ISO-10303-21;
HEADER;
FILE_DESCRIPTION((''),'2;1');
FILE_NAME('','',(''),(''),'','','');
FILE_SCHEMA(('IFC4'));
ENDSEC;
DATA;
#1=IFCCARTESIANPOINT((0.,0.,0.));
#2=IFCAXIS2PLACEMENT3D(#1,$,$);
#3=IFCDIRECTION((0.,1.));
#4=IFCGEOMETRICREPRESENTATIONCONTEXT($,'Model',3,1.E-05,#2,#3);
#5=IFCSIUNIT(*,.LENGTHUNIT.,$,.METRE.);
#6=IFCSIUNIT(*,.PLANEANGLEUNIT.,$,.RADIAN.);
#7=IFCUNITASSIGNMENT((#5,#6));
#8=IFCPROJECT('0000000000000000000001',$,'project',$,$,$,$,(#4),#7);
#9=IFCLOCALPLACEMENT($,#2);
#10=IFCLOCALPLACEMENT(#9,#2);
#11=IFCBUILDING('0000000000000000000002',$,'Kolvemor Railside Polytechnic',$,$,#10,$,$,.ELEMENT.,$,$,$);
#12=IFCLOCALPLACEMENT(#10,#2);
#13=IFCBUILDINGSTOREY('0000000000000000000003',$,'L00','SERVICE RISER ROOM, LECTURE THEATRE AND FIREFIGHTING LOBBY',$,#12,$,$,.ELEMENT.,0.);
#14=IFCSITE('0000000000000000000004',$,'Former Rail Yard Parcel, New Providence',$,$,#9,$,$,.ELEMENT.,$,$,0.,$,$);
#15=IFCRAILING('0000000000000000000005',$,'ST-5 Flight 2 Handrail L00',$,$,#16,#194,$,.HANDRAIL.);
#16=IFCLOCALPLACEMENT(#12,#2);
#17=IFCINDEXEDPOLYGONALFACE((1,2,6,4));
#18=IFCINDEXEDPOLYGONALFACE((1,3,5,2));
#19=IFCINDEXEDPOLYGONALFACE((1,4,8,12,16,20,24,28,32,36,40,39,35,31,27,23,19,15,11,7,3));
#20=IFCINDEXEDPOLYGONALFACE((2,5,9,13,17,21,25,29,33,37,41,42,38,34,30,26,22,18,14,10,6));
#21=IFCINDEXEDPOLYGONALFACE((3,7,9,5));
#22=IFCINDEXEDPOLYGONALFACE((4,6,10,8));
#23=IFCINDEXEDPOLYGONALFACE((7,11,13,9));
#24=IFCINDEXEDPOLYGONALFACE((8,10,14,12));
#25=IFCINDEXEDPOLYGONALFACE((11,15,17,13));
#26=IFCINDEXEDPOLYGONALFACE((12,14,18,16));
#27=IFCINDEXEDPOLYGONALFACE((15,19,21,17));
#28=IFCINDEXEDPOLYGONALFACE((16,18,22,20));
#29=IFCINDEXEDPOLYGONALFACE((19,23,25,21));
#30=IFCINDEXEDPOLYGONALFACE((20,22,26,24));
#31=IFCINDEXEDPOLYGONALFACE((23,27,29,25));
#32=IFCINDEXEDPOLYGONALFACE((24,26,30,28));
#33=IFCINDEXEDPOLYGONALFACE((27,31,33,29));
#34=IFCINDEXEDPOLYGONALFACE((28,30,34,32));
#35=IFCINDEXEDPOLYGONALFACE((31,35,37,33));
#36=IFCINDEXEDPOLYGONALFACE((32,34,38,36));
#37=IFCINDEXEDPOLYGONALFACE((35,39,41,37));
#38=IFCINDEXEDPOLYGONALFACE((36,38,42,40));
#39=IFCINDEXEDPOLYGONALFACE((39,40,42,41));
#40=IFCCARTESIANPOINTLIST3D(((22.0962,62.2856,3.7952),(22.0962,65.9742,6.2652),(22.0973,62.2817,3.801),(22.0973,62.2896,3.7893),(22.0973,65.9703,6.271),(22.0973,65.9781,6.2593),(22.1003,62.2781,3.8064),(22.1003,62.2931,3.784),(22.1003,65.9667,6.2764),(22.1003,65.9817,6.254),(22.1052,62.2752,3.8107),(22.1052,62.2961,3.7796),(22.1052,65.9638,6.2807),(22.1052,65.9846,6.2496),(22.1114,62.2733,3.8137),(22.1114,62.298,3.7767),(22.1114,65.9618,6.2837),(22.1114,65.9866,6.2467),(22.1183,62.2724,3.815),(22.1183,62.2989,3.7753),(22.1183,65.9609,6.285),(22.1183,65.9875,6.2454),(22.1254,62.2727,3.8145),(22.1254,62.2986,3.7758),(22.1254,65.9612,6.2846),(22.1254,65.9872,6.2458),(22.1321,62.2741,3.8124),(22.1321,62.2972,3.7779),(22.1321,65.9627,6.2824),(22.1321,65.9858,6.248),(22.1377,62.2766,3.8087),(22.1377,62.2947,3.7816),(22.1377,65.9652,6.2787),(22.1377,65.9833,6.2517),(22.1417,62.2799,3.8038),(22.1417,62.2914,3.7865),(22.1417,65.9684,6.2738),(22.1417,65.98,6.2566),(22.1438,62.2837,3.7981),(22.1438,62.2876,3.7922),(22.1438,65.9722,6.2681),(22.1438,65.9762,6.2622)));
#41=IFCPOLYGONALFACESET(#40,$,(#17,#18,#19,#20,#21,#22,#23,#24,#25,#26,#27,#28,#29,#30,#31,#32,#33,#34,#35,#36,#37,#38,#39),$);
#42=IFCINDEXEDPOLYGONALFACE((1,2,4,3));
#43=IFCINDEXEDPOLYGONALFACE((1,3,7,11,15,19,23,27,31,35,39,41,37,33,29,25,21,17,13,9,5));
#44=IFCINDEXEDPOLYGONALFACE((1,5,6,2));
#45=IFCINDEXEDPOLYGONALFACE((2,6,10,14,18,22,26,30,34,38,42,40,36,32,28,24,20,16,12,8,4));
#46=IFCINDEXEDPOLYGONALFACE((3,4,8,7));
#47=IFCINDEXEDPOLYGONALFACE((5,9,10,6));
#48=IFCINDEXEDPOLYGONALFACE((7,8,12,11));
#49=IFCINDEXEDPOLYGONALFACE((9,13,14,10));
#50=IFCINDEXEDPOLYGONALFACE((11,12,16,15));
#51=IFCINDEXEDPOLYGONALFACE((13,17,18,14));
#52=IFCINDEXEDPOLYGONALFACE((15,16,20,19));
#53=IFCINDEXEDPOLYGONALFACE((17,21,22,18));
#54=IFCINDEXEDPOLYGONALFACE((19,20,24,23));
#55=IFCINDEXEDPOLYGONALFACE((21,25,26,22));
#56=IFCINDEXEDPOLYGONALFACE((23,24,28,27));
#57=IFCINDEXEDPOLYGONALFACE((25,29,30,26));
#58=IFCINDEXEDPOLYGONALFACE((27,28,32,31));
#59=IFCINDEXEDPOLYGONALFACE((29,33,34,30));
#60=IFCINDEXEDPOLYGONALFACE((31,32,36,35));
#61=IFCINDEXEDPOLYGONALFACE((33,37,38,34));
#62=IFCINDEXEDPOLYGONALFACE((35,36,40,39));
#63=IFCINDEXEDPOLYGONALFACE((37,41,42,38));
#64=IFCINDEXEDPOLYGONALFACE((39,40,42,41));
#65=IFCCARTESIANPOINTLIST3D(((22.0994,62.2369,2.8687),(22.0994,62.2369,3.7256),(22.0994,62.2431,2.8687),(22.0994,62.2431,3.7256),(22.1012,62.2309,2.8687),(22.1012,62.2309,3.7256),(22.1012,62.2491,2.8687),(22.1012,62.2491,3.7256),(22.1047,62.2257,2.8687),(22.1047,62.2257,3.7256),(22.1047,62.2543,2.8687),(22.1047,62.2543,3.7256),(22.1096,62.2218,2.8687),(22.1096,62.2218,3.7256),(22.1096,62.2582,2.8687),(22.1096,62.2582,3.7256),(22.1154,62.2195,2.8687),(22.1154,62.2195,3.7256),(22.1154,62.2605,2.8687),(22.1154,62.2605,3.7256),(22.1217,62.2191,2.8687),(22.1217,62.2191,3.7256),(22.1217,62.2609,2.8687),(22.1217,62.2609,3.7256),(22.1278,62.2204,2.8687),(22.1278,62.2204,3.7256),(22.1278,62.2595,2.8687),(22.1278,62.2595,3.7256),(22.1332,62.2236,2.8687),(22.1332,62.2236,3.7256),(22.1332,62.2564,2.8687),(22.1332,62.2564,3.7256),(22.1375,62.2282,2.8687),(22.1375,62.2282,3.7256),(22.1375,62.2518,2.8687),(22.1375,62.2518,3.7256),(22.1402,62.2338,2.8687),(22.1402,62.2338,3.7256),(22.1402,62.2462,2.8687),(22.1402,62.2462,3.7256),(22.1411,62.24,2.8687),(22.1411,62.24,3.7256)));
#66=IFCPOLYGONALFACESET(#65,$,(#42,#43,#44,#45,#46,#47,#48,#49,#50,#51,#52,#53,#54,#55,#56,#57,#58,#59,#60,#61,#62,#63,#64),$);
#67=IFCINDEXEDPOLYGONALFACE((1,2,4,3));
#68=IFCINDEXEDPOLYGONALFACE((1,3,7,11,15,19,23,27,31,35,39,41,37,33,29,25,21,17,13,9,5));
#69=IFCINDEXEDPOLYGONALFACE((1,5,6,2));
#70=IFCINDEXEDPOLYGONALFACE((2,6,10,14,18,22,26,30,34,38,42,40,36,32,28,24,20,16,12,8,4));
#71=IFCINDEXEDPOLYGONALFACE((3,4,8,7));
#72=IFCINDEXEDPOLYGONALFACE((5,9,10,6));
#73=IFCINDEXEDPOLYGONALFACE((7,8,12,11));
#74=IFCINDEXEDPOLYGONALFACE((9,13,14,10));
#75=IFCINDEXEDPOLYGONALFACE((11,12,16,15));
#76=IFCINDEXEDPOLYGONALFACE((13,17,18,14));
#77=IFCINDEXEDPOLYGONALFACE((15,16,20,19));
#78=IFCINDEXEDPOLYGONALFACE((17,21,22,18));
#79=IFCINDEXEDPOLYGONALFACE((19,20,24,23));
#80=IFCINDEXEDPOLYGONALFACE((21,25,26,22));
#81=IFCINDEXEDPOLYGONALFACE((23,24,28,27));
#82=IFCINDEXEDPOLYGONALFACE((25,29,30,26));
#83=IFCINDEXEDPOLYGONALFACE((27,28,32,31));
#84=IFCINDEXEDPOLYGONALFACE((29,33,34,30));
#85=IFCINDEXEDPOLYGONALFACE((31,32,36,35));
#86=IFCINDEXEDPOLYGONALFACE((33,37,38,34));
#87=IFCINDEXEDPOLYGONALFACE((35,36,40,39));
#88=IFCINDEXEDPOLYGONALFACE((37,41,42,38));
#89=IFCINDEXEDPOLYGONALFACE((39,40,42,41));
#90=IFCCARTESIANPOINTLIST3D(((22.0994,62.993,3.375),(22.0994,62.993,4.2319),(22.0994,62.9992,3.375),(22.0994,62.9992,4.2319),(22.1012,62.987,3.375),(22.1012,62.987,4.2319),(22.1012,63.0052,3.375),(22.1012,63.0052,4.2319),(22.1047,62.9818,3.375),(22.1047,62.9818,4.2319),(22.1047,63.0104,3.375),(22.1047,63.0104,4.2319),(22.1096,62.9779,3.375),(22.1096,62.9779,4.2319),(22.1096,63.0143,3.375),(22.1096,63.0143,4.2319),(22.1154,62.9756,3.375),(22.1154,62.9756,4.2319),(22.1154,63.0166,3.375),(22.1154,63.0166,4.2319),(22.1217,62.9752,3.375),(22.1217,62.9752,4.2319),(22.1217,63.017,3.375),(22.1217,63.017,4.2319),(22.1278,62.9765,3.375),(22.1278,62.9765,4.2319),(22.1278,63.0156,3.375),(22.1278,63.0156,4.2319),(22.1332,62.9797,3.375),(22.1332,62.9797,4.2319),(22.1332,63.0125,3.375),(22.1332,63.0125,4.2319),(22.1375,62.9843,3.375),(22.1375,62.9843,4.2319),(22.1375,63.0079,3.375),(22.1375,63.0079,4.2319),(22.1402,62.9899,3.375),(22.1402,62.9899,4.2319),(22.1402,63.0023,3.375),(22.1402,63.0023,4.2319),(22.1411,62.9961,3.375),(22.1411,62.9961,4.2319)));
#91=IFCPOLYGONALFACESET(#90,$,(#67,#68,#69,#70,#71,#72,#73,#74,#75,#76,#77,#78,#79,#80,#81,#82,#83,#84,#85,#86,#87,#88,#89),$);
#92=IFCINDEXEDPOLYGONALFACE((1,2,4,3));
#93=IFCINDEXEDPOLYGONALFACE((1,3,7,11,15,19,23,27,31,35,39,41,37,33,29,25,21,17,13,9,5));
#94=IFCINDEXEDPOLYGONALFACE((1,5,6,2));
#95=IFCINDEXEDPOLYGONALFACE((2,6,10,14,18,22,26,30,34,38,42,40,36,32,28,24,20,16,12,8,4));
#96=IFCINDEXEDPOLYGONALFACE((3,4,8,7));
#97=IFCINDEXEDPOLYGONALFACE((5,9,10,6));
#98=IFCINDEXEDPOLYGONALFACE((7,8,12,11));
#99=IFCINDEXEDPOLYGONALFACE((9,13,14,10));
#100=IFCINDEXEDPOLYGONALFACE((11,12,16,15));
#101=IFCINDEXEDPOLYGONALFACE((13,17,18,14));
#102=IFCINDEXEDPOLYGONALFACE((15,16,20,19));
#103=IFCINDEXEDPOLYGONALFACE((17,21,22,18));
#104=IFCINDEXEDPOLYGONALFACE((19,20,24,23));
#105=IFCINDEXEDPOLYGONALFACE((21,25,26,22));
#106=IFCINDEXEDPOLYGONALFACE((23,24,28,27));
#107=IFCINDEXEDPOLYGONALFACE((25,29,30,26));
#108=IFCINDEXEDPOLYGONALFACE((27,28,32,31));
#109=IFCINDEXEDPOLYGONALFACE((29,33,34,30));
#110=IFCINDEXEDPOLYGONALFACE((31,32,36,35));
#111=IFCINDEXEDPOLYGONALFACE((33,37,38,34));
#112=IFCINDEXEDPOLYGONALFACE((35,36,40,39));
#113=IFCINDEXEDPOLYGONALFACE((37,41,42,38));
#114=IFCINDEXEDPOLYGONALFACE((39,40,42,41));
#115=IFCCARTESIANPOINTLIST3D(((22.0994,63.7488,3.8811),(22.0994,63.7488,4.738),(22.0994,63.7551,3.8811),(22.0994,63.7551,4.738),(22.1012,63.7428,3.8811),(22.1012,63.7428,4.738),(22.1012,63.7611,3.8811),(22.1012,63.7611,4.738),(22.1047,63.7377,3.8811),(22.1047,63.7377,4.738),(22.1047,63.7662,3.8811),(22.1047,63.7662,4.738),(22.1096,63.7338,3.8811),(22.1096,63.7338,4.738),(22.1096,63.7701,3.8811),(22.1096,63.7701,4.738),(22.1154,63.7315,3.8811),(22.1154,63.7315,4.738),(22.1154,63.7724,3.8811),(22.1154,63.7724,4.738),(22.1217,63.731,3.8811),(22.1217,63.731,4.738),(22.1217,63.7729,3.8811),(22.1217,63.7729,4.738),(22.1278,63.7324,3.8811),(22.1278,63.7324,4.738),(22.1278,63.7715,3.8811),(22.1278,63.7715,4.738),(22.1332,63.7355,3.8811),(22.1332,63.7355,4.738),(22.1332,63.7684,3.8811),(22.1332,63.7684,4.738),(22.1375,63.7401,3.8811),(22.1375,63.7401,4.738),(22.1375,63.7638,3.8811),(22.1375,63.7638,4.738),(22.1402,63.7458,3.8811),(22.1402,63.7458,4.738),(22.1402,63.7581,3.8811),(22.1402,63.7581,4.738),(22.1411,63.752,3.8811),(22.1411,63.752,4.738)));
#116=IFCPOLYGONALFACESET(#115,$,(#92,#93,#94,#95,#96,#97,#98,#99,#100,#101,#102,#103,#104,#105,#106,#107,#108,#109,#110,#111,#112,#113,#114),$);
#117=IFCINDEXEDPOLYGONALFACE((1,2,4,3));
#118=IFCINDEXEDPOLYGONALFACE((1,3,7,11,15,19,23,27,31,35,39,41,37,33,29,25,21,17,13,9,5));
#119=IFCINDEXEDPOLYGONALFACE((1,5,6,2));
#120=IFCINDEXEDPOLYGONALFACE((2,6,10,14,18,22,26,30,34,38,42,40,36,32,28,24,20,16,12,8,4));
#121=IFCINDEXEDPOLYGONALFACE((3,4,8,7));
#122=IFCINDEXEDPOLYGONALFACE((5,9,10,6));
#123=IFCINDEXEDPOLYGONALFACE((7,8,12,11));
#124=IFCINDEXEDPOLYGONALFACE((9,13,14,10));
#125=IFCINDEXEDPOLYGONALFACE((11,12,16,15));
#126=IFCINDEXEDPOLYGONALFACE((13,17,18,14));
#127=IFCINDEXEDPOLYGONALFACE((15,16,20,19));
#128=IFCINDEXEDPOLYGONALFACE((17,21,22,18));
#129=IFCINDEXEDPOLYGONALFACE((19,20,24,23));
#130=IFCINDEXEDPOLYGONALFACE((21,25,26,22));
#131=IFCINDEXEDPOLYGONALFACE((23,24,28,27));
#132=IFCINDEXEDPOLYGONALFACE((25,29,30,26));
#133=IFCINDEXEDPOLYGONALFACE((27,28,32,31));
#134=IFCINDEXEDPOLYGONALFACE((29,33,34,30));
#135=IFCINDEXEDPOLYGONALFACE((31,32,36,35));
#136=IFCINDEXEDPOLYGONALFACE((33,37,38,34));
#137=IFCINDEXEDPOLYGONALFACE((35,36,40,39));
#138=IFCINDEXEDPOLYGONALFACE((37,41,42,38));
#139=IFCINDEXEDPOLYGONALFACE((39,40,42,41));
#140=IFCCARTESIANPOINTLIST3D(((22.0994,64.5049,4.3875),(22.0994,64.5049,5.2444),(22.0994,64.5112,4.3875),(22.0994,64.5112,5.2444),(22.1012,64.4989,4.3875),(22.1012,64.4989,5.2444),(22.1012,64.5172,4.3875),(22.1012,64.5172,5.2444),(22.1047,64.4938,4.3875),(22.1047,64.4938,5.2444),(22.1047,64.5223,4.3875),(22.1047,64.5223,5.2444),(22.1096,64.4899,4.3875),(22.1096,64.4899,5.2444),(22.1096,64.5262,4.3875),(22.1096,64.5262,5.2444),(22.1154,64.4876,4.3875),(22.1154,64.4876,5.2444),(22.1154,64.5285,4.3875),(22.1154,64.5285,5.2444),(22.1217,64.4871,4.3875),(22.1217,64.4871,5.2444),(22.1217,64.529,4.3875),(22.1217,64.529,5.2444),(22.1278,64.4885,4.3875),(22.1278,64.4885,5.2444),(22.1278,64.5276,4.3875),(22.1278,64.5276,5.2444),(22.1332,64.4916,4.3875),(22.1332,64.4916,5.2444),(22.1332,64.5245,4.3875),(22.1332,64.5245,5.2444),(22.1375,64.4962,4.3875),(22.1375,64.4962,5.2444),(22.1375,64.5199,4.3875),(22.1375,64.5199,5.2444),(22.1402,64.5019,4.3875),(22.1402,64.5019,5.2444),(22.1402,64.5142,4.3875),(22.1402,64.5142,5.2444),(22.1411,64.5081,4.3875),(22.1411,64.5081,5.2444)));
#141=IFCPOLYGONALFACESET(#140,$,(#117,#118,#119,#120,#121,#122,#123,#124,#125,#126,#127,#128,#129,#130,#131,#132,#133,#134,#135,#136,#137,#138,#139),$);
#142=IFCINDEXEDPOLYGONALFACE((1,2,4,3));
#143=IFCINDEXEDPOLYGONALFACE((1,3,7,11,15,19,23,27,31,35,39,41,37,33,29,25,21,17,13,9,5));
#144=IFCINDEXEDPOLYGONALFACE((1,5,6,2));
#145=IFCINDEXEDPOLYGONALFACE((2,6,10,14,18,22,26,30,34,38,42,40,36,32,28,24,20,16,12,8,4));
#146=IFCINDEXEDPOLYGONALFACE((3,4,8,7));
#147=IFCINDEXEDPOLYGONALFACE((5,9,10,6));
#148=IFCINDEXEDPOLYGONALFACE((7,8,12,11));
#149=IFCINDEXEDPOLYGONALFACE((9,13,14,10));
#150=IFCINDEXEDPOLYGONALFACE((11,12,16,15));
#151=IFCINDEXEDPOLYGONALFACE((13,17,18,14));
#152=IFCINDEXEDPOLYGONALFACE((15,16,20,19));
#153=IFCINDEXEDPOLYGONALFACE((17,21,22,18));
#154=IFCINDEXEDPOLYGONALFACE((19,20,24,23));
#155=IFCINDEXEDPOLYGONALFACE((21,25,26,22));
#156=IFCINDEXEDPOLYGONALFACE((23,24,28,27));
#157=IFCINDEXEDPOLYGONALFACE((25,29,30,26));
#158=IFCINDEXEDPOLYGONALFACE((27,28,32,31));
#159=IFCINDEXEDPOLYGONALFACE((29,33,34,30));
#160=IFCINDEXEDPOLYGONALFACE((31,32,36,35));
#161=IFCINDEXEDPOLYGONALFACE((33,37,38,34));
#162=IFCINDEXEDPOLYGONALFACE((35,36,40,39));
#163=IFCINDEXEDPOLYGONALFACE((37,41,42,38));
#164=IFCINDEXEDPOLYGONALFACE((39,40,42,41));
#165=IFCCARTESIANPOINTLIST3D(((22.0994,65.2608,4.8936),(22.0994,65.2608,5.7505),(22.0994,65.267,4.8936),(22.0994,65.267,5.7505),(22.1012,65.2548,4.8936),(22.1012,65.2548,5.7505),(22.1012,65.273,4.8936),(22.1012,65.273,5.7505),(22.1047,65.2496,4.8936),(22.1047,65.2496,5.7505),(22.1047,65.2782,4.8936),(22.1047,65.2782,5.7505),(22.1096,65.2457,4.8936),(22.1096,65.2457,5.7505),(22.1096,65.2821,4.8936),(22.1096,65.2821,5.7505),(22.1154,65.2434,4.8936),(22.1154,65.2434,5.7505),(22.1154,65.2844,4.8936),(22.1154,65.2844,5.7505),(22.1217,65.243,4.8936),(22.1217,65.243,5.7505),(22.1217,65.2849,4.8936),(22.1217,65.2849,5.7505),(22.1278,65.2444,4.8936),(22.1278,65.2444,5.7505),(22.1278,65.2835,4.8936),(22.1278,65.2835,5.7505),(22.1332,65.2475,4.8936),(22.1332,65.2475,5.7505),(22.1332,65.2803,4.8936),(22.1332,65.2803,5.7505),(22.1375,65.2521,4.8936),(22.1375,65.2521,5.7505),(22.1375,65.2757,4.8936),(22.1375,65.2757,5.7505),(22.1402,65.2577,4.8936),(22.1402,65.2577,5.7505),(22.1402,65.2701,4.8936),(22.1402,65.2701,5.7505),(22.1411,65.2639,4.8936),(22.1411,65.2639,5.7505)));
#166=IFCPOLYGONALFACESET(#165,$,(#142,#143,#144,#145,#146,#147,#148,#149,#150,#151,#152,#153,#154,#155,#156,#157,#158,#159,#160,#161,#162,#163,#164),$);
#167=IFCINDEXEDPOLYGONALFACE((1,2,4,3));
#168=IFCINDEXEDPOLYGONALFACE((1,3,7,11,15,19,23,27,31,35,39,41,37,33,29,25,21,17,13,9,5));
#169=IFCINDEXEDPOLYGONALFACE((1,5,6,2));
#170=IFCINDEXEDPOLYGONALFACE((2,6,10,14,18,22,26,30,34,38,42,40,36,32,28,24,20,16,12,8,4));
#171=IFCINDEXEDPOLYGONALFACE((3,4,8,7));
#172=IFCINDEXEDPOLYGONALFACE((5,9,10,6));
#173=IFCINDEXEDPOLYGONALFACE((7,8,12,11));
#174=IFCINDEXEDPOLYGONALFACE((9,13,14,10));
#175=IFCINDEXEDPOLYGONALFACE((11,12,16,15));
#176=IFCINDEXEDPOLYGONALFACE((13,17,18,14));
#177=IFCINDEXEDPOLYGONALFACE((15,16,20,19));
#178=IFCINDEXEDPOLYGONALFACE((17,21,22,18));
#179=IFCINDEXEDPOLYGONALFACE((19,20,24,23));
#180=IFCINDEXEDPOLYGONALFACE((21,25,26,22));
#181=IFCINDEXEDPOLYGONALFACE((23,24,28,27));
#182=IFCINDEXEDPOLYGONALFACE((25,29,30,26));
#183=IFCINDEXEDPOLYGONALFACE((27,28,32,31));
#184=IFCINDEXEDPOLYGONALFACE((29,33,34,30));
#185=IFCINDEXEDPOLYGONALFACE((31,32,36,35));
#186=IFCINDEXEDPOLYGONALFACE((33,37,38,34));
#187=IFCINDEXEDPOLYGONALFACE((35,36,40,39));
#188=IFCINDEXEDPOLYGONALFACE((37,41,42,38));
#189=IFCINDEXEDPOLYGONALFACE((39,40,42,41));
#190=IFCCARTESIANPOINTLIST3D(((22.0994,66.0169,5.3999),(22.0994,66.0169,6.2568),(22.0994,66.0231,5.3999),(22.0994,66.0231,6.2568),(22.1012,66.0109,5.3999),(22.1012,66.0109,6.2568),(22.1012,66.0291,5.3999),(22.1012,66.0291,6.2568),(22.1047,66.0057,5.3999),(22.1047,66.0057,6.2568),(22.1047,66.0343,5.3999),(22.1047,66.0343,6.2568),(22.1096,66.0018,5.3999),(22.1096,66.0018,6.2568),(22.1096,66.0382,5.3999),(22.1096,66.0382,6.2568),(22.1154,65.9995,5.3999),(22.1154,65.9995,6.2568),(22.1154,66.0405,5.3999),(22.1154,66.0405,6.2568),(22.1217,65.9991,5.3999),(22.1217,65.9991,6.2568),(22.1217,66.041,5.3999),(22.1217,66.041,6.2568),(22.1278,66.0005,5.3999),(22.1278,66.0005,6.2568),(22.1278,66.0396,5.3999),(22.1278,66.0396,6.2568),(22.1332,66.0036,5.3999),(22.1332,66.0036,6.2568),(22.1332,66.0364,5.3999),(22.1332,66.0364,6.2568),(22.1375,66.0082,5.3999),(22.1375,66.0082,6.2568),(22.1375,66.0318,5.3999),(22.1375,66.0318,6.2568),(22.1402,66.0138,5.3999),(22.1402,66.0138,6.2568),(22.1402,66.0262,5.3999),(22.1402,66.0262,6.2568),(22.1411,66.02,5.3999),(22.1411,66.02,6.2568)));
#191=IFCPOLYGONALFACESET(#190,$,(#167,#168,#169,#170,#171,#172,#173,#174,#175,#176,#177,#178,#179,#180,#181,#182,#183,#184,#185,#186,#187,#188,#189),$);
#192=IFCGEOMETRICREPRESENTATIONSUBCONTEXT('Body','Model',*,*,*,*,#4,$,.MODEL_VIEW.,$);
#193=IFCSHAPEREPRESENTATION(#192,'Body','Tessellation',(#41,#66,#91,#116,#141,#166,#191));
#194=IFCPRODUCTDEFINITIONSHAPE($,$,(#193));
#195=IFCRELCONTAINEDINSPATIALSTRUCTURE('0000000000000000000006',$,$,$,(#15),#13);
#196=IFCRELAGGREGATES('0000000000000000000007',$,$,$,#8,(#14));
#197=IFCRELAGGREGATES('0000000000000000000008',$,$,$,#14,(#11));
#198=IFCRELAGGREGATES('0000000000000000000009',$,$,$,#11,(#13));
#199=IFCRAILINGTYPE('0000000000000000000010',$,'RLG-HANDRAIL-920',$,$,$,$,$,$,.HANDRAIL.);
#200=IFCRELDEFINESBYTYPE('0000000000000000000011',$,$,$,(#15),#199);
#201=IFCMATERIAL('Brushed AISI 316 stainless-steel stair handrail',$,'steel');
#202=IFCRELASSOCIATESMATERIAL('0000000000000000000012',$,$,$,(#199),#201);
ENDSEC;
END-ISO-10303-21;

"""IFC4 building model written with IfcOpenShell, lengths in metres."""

from ifc_helpers import new_model, si_unit, direction, frame, origin, origin_2d, place, context, subcontext, project, spatial, circle, extrude, material, type_object, element, save


model = new_model("IFC4")

# Units and contexts
model_context = context("Model", 3, precision=1e-05, world=origin(), true_north=direction((0.0, 1.0)))
body_context = subcontext(model_context, "Body", "Model", "MODEL_VIEW")
ifc_project = project(units=[si_unit("LENGTHUNIT", "METRE"), si_unit("PLANEANGLEUNIT", "RADIAN")], contexts=[model_context])

# Site, building, storey
site_placement = place(None, origin())
site = spatial("IfcSite", under=ifc_project, at=site_placement, Name="Former Rail Yard Parcel, New Providence", CompositionType="ELEMENT", RefElevation=0.0)
building_placement = place(site_placement, origin())
building = spatial("IfcBuilding", under=site, at=building_placement, Name="Kolvemor Railside Polytechnic", CompositionType="ELEMENT")
storey_placement = place(building_placement, origin())
storey = spatial("IfcBuildingStorey", under=building, at=storey_placement, Name="L00", Description="SERVICE RISER ROOM, LECTURE THEATRE AND FIREFIGHTING LOBBY", CompositionType="ELEMENT", Elevation=0.0)

# Railing
ifc_material_1 = material(Name="Brushed AISI 316 stainless-steel stair handrail", Category="steel")
railing_type_1 = type_object("IfcRailingType", Name="RLG-HANDRAIL-920", PredefinedType="HANDRAIL", material=ifc_material_1)
railing_1_placement = place(storey_placement, frame((22.1201, 62.24, 2.8687)))
element("IfcRailing", 1, at=railing_1_placement, inside=storey, type_object=railing_type_1, Name="ST-5 Flight 2 Handrail L00", PredefinedType="HANDRAIL", context=body_context, shape_type="SweptSolid", body=[
    extrude(circle(Radius=0.0239, at=origin_2d()), frame((0.0, 0.0457, 0.9265), z_axis=(0.0, 0.830909, 0.556408), x_axis=(-1.0, 0.0, 0.0)), (0.0, 0.0, 1.0), 4.4392),
    extrude(circle(Radius=0.021, at=origin_2d()), origin(), (0.0, 0.0, 1.0), 0.8569),
    extrude(circle(Radius=0.021, at=origin_2d()), frame((0.0, 0.7561, 0.5063)), (0.0, 0.0, 1.0), 0.8569),
    extrude(circle(Radius=0.021, at=origin_2d()), frame((0.0, 1.512, 1.0125)), (0.0, 0.0, 1.0), 0.8569),
    extrude(circle(Radius=0.021, at=origin_2d()), frame((0.0, 2.2681, 1.5188)), (0.0, 0.0, 1.0), 0.8569),
    extrude(circle(Radius=0.021, at=origin_2d()), frame((0.0, 3.0239, 2.0249)), (0.0, 0.0, 1.0), 0.8569),
    extrude(circle(Radius=0.021, at=origin_2d()), frame((0.0, 3.78, 2.5312)), (0.0, 0.0, 1.0), 0.8569),
])

save(model, "model.ifc")
